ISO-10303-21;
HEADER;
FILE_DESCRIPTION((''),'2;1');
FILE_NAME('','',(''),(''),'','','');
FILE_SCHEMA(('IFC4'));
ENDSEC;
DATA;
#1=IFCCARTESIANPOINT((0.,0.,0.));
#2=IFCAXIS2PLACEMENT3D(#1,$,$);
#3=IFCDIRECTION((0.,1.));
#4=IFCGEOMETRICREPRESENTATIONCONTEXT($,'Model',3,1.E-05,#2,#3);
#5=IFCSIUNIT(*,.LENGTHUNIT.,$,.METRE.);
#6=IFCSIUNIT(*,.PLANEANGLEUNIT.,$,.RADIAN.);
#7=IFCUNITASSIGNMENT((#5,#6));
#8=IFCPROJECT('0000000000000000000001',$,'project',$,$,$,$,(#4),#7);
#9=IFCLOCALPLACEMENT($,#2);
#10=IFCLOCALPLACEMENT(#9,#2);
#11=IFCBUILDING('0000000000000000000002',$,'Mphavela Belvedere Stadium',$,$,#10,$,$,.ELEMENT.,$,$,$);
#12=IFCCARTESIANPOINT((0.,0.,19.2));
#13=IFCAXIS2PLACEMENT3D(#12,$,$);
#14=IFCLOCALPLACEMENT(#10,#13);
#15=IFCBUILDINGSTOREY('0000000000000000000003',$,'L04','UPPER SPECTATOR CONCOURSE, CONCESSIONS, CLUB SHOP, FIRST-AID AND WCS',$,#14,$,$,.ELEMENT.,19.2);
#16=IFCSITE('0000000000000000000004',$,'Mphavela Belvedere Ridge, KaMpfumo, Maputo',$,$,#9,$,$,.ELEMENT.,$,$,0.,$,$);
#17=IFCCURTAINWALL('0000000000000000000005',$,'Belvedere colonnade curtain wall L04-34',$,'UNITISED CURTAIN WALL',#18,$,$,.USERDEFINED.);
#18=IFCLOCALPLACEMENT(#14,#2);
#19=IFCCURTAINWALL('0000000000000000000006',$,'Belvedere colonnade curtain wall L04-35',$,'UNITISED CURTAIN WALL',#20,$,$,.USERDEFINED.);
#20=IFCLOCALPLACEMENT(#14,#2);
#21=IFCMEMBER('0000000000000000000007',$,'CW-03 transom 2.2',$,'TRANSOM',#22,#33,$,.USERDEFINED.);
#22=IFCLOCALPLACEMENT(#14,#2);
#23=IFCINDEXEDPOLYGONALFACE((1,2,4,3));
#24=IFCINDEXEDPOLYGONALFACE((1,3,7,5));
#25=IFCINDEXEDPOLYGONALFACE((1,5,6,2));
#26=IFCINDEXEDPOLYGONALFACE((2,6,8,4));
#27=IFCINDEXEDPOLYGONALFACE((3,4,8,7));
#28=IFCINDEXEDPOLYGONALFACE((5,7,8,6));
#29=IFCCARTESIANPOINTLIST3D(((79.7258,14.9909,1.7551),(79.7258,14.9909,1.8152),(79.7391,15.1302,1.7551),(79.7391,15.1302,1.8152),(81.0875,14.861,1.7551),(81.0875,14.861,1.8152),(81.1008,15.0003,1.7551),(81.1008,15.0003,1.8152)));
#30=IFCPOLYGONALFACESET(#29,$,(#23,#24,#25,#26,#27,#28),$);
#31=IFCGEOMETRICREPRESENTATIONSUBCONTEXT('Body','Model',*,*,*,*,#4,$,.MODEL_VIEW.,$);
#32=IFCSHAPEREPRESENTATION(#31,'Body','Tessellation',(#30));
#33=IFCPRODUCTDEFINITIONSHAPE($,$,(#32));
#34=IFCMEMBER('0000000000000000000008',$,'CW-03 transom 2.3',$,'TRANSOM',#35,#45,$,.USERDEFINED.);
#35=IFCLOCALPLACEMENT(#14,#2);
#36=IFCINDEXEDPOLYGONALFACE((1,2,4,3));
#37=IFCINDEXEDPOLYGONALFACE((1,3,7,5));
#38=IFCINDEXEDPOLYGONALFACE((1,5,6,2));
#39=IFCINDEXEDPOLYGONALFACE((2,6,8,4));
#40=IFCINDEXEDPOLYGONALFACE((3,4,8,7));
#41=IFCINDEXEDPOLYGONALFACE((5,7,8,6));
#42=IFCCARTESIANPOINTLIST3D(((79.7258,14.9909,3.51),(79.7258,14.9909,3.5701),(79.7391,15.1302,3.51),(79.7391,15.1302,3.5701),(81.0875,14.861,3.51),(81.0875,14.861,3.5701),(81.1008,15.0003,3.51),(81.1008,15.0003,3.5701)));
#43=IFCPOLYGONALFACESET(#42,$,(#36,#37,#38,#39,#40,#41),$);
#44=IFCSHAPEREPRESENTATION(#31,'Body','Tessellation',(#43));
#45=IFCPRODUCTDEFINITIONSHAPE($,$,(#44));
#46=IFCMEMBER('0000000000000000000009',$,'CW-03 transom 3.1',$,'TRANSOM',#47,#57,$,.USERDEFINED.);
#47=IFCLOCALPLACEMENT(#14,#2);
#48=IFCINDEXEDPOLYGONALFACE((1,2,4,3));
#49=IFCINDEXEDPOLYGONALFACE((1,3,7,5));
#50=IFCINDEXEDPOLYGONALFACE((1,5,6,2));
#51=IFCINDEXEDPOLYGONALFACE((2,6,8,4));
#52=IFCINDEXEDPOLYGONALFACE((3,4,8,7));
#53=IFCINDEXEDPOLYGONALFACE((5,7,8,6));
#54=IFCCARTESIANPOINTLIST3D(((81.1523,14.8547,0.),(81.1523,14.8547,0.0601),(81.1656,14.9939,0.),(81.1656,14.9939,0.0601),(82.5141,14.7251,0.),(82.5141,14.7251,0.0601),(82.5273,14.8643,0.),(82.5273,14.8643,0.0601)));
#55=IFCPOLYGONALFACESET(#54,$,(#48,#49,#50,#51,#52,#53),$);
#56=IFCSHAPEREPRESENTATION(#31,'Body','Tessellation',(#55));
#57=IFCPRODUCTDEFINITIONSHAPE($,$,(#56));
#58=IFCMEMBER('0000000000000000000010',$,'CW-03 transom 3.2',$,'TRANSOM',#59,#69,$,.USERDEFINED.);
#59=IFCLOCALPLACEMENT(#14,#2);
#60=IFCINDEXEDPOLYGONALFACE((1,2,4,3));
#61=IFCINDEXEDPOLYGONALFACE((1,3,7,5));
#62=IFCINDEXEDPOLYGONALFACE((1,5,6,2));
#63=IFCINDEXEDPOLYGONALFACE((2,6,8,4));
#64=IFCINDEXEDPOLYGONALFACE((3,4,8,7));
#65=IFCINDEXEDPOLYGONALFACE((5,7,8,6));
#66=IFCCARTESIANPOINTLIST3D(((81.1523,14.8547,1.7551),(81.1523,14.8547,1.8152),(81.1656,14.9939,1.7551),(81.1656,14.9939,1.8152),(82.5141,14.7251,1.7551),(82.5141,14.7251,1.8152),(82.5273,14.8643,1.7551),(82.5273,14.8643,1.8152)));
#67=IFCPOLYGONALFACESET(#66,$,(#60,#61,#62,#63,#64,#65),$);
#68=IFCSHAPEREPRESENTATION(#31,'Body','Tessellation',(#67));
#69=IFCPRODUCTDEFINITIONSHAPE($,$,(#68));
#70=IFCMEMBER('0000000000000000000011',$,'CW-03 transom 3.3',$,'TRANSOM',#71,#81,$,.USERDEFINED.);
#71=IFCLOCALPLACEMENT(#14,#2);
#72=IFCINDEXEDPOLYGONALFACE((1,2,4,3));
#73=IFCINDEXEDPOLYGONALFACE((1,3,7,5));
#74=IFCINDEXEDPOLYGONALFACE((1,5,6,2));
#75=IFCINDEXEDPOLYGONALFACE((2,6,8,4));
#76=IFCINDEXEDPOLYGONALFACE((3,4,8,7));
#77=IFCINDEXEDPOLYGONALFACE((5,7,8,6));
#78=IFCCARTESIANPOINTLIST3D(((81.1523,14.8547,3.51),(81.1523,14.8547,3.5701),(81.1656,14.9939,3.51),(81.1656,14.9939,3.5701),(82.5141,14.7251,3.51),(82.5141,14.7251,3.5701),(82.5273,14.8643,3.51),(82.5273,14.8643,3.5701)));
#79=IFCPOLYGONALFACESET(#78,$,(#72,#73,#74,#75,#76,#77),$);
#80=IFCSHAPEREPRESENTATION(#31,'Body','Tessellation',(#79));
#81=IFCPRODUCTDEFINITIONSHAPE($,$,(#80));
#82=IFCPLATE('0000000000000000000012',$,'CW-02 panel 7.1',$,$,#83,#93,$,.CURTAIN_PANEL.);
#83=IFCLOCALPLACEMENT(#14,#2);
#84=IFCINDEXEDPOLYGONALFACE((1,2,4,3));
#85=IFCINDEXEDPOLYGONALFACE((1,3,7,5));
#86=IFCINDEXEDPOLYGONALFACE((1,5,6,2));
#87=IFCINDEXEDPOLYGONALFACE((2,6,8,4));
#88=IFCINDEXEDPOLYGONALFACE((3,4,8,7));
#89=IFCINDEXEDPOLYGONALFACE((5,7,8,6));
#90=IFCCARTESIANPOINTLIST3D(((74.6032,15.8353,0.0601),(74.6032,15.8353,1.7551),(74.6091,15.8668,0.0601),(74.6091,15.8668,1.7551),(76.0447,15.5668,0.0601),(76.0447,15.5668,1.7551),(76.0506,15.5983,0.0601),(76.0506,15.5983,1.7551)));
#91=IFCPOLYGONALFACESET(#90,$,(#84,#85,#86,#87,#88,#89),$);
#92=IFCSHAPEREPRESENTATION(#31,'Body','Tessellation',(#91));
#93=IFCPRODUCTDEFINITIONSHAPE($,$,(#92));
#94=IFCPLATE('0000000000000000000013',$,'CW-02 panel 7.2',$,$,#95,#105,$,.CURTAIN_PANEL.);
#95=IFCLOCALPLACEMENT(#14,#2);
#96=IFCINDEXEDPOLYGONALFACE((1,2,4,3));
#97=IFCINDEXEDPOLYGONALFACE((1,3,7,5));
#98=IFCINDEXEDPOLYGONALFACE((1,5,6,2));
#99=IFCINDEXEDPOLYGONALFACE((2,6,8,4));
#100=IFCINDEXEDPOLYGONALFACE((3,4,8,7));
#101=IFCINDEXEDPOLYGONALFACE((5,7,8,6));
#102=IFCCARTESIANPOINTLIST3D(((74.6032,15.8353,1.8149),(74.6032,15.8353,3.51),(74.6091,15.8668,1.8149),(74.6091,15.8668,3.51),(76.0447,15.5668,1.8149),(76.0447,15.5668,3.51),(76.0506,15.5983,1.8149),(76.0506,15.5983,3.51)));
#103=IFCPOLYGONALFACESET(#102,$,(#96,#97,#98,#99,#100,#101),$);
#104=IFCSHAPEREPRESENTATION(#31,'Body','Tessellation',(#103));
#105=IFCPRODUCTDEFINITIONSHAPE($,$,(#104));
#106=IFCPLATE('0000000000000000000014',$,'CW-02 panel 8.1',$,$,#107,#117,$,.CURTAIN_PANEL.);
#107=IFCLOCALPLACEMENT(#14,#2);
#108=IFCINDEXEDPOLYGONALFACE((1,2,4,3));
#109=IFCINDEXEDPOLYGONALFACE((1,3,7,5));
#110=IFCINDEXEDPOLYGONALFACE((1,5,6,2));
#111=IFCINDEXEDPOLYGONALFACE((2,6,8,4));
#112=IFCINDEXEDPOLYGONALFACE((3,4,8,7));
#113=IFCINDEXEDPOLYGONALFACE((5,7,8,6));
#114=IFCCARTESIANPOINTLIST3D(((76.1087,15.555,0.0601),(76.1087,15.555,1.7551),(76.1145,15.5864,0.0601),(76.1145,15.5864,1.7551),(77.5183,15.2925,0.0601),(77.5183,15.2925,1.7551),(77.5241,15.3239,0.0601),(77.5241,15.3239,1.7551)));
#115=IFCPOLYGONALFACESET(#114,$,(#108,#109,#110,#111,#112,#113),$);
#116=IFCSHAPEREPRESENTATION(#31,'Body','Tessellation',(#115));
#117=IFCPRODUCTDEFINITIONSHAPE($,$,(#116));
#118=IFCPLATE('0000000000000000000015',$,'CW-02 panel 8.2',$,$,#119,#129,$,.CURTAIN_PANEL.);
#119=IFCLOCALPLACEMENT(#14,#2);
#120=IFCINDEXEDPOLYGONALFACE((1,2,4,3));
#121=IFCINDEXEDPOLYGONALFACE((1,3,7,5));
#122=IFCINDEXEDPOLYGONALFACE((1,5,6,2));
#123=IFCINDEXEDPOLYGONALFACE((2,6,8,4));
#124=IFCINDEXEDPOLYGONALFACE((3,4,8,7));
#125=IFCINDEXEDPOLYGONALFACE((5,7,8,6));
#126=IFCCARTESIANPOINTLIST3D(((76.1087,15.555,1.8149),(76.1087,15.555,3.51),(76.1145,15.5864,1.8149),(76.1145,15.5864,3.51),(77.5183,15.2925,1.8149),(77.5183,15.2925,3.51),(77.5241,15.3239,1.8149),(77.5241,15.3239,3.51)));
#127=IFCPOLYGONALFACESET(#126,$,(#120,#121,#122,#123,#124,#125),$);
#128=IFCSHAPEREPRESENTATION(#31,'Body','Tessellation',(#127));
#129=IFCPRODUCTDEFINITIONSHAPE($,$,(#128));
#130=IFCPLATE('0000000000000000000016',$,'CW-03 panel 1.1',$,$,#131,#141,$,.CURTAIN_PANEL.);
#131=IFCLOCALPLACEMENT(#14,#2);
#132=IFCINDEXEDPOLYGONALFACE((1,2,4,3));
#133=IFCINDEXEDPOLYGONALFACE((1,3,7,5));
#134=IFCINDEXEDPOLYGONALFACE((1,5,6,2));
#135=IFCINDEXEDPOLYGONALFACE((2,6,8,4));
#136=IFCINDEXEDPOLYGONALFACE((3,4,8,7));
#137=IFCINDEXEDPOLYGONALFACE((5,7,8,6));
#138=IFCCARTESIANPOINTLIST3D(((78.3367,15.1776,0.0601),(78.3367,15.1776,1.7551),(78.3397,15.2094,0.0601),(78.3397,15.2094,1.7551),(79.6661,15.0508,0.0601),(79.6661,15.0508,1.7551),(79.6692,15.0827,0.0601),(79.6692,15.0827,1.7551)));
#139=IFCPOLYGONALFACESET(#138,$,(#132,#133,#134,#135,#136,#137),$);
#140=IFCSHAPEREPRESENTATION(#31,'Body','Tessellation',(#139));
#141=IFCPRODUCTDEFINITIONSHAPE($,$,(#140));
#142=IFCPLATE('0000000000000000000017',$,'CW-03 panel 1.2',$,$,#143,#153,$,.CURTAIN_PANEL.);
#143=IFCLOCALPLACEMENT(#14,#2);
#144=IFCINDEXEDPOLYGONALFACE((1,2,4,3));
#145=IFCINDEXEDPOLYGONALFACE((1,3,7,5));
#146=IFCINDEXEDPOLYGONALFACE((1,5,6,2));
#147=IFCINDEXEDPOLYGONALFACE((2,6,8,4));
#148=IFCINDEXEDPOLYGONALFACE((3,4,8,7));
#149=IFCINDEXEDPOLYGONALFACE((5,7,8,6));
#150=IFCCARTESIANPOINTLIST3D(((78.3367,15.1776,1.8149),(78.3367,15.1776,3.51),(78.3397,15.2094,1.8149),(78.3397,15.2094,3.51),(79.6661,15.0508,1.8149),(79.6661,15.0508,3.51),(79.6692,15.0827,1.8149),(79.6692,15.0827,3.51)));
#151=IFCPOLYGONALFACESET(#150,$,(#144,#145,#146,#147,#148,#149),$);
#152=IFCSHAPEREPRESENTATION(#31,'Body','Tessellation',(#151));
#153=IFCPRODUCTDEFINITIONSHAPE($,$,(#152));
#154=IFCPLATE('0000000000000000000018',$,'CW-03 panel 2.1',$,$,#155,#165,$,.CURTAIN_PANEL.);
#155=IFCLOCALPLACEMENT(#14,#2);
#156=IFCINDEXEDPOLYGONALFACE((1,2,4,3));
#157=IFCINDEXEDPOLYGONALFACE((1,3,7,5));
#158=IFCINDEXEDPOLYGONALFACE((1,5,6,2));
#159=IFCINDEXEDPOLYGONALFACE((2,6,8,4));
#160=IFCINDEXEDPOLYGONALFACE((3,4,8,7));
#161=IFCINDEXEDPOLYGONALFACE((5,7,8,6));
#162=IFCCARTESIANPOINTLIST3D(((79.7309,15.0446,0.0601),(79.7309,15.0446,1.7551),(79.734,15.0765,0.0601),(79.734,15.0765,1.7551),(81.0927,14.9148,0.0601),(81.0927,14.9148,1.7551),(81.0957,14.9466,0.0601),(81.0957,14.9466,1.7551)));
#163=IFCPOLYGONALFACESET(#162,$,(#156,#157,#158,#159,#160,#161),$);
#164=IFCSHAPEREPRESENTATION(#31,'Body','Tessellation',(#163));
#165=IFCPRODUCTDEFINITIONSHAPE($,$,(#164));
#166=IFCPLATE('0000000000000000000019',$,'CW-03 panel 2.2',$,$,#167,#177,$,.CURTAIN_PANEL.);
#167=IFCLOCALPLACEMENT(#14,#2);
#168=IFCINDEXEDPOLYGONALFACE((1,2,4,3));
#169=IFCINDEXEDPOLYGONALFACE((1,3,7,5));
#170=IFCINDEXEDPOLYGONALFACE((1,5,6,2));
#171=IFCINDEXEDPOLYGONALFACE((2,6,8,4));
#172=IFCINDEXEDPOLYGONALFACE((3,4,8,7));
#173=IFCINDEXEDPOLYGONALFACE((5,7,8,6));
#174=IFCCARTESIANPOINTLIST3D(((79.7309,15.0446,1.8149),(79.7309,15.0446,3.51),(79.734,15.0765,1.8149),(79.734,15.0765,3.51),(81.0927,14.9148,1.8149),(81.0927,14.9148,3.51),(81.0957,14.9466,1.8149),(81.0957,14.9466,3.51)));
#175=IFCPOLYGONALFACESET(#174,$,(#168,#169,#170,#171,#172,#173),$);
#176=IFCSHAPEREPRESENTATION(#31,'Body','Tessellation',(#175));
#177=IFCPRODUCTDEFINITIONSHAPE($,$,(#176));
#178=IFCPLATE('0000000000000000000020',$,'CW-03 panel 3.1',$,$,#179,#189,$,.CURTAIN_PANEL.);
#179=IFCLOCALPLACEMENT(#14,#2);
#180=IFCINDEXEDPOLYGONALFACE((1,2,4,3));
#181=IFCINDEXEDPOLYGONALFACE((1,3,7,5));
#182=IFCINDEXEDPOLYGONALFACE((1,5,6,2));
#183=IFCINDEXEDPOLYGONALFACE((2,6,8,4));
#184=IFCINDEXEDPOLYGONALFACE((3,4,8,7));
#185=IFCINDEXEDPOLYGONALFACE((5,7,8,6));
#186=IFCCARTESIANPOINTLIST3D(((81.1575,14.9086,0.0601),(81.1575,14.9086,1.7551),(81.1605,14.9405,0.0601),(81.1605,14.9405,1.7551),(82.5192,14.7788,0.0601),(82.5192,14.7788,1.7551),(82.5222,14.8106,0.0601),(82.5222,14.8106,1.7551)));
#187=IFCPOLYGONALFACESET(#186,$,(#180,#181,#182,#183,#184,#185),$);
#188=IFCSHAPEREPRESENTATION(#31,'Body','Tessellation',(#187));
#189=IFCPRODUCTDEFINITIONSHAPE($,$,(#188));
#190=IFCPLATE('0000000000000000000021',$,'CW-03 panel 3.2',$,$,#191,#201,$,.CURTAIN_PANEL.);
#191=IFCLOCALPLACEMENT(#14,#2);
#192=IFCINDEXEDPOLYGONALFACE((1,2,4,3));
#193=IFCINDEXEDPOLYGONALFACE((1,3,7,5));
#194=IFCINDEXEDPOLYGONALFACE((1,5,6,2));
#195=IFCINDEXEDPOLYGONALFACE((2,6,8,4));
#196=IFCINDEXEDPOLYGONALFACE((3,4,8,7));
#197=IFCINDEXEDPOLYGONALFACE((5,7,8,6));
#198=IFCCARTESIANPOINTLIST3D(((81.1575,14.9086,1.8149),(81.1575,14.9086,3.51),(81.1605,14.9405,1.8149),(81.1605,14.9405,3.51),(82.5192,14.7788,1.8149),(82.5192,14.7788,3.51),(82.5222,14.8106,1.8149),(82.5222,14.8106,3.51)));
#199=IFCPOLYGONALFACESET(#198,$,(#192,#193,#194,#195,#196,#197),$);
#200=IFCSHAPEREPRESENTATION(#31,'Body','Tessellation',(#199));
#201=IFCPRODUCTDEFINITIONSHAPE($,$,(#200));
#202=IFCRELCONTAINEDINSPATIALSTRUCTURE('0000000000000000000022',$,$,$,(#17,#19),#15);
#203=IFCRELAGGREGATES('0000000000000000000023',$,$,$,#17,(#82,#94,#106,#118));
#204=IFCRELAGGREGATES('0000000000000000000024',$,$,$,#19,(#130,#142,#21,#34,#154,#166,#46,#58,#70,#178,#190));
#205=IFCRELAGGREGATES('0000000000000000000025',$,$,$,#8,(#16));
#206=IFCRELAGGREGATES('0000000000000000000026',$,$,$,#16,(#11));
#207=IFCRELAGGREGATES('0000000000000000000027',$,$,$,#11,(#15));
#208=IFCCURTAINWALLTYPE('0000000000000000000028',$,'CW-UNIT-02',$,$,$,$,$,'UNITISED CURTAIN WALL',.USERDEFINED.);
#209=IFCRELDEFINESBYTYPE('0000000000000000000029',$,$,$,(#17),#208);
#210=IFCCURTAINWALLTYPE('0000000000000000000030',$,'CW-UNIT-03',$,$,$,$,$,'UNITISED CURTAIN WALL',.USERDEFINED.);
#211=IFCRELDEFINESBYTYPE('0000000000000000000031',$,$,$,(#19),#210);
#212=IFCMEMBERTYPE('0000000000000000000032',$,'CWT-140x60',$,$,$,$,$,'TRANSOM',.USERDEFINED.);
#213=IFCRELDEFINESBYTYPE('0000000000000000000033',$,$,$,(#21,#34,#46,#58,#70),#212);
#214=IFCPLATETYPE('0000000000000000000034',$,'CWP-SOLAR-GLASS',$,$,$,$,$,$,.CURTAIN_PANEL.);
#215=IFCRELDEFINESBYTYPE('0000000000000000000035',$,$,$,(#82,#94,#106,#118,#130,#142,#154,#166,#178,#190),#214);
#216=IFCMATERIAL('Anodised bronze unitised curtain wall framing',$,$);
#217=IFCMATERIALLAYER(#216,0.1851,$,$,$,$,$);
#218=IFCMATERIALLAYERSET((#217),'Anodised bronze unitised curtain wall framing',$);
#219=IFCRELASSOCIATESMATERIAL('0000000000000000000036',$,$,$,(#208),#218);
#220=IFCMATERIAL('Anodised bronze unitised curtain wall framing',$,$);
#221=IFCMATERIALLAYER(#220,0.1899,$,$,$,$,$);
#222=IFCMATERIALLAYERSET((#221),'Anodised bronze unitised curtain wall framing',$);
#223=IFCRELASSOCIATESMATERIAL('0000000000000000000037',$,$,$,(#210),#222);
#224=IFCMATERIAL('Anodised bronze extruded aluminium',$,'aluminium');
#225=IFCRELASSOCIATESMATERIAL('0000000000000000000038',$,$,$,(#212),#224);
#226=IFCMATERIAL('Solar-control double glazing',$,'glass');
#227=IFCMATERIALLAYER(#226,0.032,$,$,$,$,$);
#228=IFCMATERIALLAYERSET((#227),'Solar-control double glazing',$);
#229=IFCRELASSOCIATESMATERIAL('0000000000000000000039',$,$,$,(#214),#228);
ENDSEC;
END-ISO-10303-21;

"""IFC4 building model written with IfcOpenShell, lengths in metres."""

from ifc_helpers import new_model, si_unit, direction, frame, origin, origin_2d, place, context, subcontext, project, spatial, rectangle, extrude, material, layer, layer_set, material_profile, profile_set, type_object, element, aggregate, save


model = new_model("IFC4")

# Units and contexts
model_context = context("Model", 3, precision=1e-05, world=origin(), true_north=direction((0.0, 1.0)))
body_context = subcontext(model_context, "Body", "Model", "MODEL_VIEW")
ifc_project = project(units=[si_unit("LENGTHUNIT", "METRE"), si_unit("PLANEANGLEUNIT", "RADIAN")], contexts=[model_context])

# Site, building, storey
site_placement = place(None, origin())
site = spatial("IfcSite", under=ifc_project, at=site_placement, Name="Mphavela Belvedere Ridge, KaMpfumo, Maputo", CompositionType="ELEMENT", RefElevation=0.0)
building_placement = place(site_placement, origin())
building = spatial("IfcBuilding", under=site, at=building_placement, Name="Mphavela Belvedere Stadium", CompositionType="ELEMENT")
storey_placement = place(building_placement, frame((0.0, 0.0, 19.2)))
storey = spatial("IfcBuildingStorey", under=building, at=storey_placement, Name="L04", Description="UPPER SPECTATOR CONCOURSE, CONCESSIONS, CLUB SHOP, FIRST-AID AND WCS", CompositionType="ELEMENT", Elevation=19.2)

# Curtain walls
ifc_material_1 = material(Name="Anodised bronze unitised curtain wall framing")
ifc_layer_1 = layer(ifc_material_1, 0.1851)
ifc_layer_set_1 = layer_set([ifc_layer_1], Name="Anodised bronze unitised curtain wall framing")
curtain_wall_type_1 = type_object("IfcCurtainWallType", Name="CW-UNIT-02", ElementType="UNITISED CURTAIN WALL", PredefinedType="USERDEFINED", material=ifc_layer_set_1)
curtain_wall_1_placement = place(storey_placement, origin())
curtain_wall_1 = element("IfcCurtainWall", 1, at=curtain_wall_1_placement, inside=storey, type_object=curtain_wall_type_1, Name="Belvedere colonnade curtain wall L04-34", ObjectType="UNITISED CURTAIN WALL", PredefinedType="USERDEFINED")
ifc_material_2 = material(Name="Anodised bronze unitised curtain wall framing")
ifc_layer_2 = layer(ifc_material_2, 0.1899)
ifc_layer_set_2 = layer_set([ifc_layer_2], Name="Anodised bronze unitised curtain wall framing")
curtain_wall_type_2 = type_object("IfcCurtainWallType", Name="CW-UNIT-03", ElementType="UNITISED CURTAIN WALL", PredefinedType="USERDEFINED", material=ifc_layer_set_2)
curtain_wall_2_placement = place(storey_placement, origin())
curtain_wall_2 = element("IfcCurtainWall", 2, at=curtain_wall_2_placement, inside=storey, type_object=curtain_wall_type_2, Name="Belvedere colonnade curtain wall L04-35", ObjectType="UNITISED CURTAIN WALL", PredefinedType="USERDEFINED")

# Members
ifc_material_3 = material(Name="Anodised bronze extruded aluminium", Category="aluminium")
ifc_material_profile_1 = material_profile(ifc_material_3, rectangle(XDim=0.1399, YDim=0.0601, at=origin_2d()), Name="CW-TRN 140x60")
ifc_profile_set_1 = profile_set([ifc_material_profile_1], Name="Anodised bronze extruded aluminium")
member_type_1 = type_object("IfcMemberType", Name="CWT-140x60", ElementType="TRANSOM", PredefinedType="USERDEFINED", material=ifc_profile_set_1)
member_1_placement = place(storey_placement, frame((79.7324, 15.0605, 1.7852), z_axis=(0.995483, -0.094944, 0.0), x_axis=(0.094944, 0.995483, 0.0)))
member_1 = element("IfcMember", 3, at=member_1_placement, type_object=member_type_1, Name="CW-03 transom 2.2", ObjectType="TRANSOM", PredefinedType="USERDEFINED", context=body_context, shape_type="SweptSolid", body=[
    extrude(rectangle(XDim=0.1399, YDim=0.0601, at=origin_2d()), origin(), (0.0, 0.0, 1.0), 1.3679),
])
member_2_placement = place(storey_placement, frame((79.7324, 15.0605, 3.54), z_axis=(0.995483, -0.094944, 0.0), x_axis=(0.094944, 0.995483, 0.0)))
member_2 = element("IfcMember", 4, at=member_2_placement, type_object=member_type_1, Name="CW-03 transom 2.3", ObjectType="TRANSOM", PredefinedType="USERDEFINED", context=body_context, shape_type="SweptSolid", body=[
    extrude(rectangle(XDim=0.1399, YDim=0.0601, at=origin_2d()), origin(), (0.0, 0.0, 1.0), 1.3679),
])
member_3_placement = place(storey_placement, frame((81.1589, 14.9243, 0.03), z_axis=(0.995499, -0.094767, 0.0), x_axis=(0.094767, 0.995499, 0.0)))
member_3 = element("IfcMember", 5, at=member_3_placement, type_object=member_type_1, Name="CW-03 transom 3.1", ObjectType="TRANSOM", PredefinedType="USERDEFINED", context=body_context, shape_type="SweptSolid", body=[
    extrude(rectangle(XDim=0.1399, YDim=0.0601, at=origin_2d()), origin(), (0.0, 0.0, 1.0), 1.3679),
])
member_4_placement = place(storey_placement, frame((81.1589, 14.9243, 1.7852), z_axis=(0.995499, -0.094767, 0.0), x_axis=(0.094767, 0.995499, 0.0)))
member_4 = element("IfcMember", 6, at=member_4_placement, type_object=member_type_1, Name="CW-03 transom 3.2", ObjectType="TRANSOM", PredefinedType="USERDEFINED", context=body_context, shape_type="SweptSolid", body=[
    extrude(rectangle(XDim=0.1399, YDim=0.0601, at=origin_2d()), origin(), (0.0, 0.0, 1.0), 1.3679),
])
member_5_placement = place(storey_placement, frame((81.1589, 14.9243, 3.54), z_axis=(0.995499, -0.094767, 0.0), x_axis=(0.094767, 0.995499, 0.0)))
member_5 = element("IfcMember", 7, at=member_5_placement, type_object=member_type_1, Name="CW-03 transom 3.3", ObjectType="TRANSOM", PredefinedType="USERDEFINED", context=body_context, shape_type="SweptSolid", body=[
    extrude(rectangle(XDim=0.1399, YDim=0.0601, at=origin_2d()), origin(), (0.0, 0.0, 1.0), 1.3679),
])

# Plates
ifc_material_4 = material(Name="Solar-control double glazing", Category="glass")
ifc_layer_3 = layer(ifc_material_4, 0.032)
ifc_layer_set_3 = layer_set([ifc_layer_3], Name="Solar-control double glazing")
plate_type = type_object("IfcPlateType", Name="CWP-SOLAR-GLASS", PredefinedType="CURTAIN_PANEL", material=ifc_layer_set_3)
plate_1_placement = place(storey_placement, frame((75.3269, 15.7168, 0.0601), z_axis=(0.0, 0.0, 1.0), x_axis=(0.983096, -0.183091, 0.0)))
plate_1 = element("IfcPlate", 8, at=plate_1_placement, type_object=plate_type, Name="CW-02 panel 7.1", PredefinedType="CURTAIN_PANEL", context=body_context, shape_type="SweptSolid", body=[
    extrude(rectangle(XDim=1.4663, YDim=0.032, at=origin_2d()), origin(), (0.0, 0.0, 1.0), 1.6951),
])
plate_2_placement = place(storey_placement, frame((75.3269, 15.7168, 1.8149), z_axis=(0.0, 0.0, 1.0), x_axis=(0.983096, -0.183091, 0.0)))
plate_2 = element("IfcPlate", 9, at=plate_2_placement, type_object=plate_type, Name="CW-02 panel 7.2", PredefinedType="CURTAIN_PANEL", context=body_context, shape_type="SweptSolid", body=[
    extrude(rectangle(XDim=1.4663, YDim=0.032, at=origin_2d()), origin(), (0.0, 0.0, 1.0), 1.6951),
])
plate_3_placement = place(storey_placement, frame((76.8164, 15.4395, 0.0601), z_axis=(0.0, 0.0, 1.0), x_axis=(0.983096, -0.183091, 0.0)))
plate_3 = element("IfcPlate", 10, at=plate_3_placement, type_object=plate_type, Name="CW-02 panel 8.1", PredefinedType="CURTAIN_PANEL", context=body_context, shape_type="SweptSolid", body=[
    extrude(rectangle(XDim=1.4338, YDim=0.032, at=origin_2d()), origin(), (0.0, 0.0, 1.0), 1.6951),
])
plate_4_placement = place(storey_placement, frame((76.8164, 15.4395, 1.8149), z_axis=(0.0, 0.0, 1.0), x_axis=(0.983096, -0.183091, 0.0)))
plate_4 = element("IfcPlate", 11, at=plate_4_placement, type_object=plate_type, Name="CW-02 panel 8.2", PredefinedType="CURTAIN_PANEL", context=body_context, shape_type="SweptSolid", body=[
    extrude(rectangle(XDim=1.4338, YDim=0.032, at=origin_2d()), origin(), (0.0, 0.0, 1.0), 1.6951),
])
aggregate(curtain_wall_1, [plate_1, plate_2, plate_3, plate_4])
plate_5_placement = place(storey_placement, frame((79.0029, 15.1301, 0.0601), z_axis=(0.0, 0.0, 1.0), x_axis=(0.995484, -0.094933, 0.0)))
plate_5 = element("IfcPlate", 12, at=plate_5_placement, type_object=plate_type, Name="CW-03 panel 1.1", PredefinedType="CURTAIN_PANEL", context=body_context, shape_type="SweptSolid", body=[
    extrude(rectangle(XDim=1.3354, YDim=0.032, at=origin_2d()), origin(), (0.0, 0.0, 1.0), 1.6951),
])
plate_6_placement = place(storey_placement, frame((79.0029, 15.1301, 1.8149), z_axis=(0.0, 0.0, 1.0), x_axis=(0.995484, -0.094933, 0.0)))
plate_6 = element("IfcPlate", 13, at=plate_6_placement, type_object=plate_type, Name="CW-03 panel 1.2", PredefinedType="CURTAIN_PANEL", context=body_context, shape_type="SweptSolid", body=[
    extrude(rectangle(XDim=1.3354, YDim=0.032, at=origin_2d()), origin(), (0.0, 0.0, 1.0), 1.6951),
])
plate_7_placement = place(storey_placement, frame((80.4133, 14.9956, 0.0601), z_axis=(0.0, 0.0, 1.0), x_axis=(0.995484, -0.094933, 0.0)))
plate_7 = element("IfcPlate", 14, at=plate_7_placement, type_object=plate_type, Name="CW-03 panel 2.1", PredefinedType="CURTAIN_PANEL", context=body_context, shape_type="SweptSolid", body=[
    extrude(rectangle(XDim=1.3679, YDim=0.032, at=origin_2d()), origin(), (0.0, 0.0, 1.0), 1.6951),
])
plate_8_placement = place(storey_placement, frame((80.4133, 14.9956, 1.8149), z_axis=(0.0, 0.0, 1.0), x_axis=(0.995484, -0.094933, 0.0)))
plate_8 = element("IfcPlate", 15, at=plate_8_placement, type_object=plate_type, Name="CW-03 panel 2.2", PredefinedType="CURTAIN_PANEL", context=body_context, shape_type="SweptSolid", body=[
    extrude(rectangle(XDim=1.3679, YDim=0.032, at=origin_2d()), origin(), (0.0, 0.0, 1.0), 1.6951),
])
plate_9_placement = place(storey_placement, frame((81.8398, 14.8596, 0.0601), z_axis=(0.0, 0.0, 1.0), x_axis=(0.995484, -0.094933, 0.0)))
plate_9 = element("IfcPlate", 16, at=plate_9_placement, type_object=plate_type, Name="CW-03 panel 3.1", PredefinedType="CURTAIN_PANEL", context=body_context, shape_type="SweptSolid", body=[
    extrude(rectangle(XDim=1.3679, YDim=0.032, at=origin_2d()), origin(), (0.0, 0.0, 1.0), 1.6951),
])
plate_10_placement = place(storey_placement, frame((81.8398, 14.8596, 1.8149), z_axis=(0.0, 0.0, 1.0), x_axis=(0.995484, -0.094933, 0.0)))
plate_10 = element("IfcPlate", 17, at=plate_10_placement, type_object=plate_type, Name="CW-03 panel 3.2", PredefinedType="CURTAIN_PANEL", context=body_context, shape_type="SweptSolid", body=[
    extrude(rectangle(XDim=1.3679, YDim=0.032, at=origin_2d()), origin(), (0.0, 0.0, 1.0), 1.6951),
])
aggregate(curtain_wall_2, [plate_5, plate_6, member_1, member_2, plate_7, plate_8, member_3, member_4, member_5, plate_9, plate_10])

save(model, "model.ifc")
